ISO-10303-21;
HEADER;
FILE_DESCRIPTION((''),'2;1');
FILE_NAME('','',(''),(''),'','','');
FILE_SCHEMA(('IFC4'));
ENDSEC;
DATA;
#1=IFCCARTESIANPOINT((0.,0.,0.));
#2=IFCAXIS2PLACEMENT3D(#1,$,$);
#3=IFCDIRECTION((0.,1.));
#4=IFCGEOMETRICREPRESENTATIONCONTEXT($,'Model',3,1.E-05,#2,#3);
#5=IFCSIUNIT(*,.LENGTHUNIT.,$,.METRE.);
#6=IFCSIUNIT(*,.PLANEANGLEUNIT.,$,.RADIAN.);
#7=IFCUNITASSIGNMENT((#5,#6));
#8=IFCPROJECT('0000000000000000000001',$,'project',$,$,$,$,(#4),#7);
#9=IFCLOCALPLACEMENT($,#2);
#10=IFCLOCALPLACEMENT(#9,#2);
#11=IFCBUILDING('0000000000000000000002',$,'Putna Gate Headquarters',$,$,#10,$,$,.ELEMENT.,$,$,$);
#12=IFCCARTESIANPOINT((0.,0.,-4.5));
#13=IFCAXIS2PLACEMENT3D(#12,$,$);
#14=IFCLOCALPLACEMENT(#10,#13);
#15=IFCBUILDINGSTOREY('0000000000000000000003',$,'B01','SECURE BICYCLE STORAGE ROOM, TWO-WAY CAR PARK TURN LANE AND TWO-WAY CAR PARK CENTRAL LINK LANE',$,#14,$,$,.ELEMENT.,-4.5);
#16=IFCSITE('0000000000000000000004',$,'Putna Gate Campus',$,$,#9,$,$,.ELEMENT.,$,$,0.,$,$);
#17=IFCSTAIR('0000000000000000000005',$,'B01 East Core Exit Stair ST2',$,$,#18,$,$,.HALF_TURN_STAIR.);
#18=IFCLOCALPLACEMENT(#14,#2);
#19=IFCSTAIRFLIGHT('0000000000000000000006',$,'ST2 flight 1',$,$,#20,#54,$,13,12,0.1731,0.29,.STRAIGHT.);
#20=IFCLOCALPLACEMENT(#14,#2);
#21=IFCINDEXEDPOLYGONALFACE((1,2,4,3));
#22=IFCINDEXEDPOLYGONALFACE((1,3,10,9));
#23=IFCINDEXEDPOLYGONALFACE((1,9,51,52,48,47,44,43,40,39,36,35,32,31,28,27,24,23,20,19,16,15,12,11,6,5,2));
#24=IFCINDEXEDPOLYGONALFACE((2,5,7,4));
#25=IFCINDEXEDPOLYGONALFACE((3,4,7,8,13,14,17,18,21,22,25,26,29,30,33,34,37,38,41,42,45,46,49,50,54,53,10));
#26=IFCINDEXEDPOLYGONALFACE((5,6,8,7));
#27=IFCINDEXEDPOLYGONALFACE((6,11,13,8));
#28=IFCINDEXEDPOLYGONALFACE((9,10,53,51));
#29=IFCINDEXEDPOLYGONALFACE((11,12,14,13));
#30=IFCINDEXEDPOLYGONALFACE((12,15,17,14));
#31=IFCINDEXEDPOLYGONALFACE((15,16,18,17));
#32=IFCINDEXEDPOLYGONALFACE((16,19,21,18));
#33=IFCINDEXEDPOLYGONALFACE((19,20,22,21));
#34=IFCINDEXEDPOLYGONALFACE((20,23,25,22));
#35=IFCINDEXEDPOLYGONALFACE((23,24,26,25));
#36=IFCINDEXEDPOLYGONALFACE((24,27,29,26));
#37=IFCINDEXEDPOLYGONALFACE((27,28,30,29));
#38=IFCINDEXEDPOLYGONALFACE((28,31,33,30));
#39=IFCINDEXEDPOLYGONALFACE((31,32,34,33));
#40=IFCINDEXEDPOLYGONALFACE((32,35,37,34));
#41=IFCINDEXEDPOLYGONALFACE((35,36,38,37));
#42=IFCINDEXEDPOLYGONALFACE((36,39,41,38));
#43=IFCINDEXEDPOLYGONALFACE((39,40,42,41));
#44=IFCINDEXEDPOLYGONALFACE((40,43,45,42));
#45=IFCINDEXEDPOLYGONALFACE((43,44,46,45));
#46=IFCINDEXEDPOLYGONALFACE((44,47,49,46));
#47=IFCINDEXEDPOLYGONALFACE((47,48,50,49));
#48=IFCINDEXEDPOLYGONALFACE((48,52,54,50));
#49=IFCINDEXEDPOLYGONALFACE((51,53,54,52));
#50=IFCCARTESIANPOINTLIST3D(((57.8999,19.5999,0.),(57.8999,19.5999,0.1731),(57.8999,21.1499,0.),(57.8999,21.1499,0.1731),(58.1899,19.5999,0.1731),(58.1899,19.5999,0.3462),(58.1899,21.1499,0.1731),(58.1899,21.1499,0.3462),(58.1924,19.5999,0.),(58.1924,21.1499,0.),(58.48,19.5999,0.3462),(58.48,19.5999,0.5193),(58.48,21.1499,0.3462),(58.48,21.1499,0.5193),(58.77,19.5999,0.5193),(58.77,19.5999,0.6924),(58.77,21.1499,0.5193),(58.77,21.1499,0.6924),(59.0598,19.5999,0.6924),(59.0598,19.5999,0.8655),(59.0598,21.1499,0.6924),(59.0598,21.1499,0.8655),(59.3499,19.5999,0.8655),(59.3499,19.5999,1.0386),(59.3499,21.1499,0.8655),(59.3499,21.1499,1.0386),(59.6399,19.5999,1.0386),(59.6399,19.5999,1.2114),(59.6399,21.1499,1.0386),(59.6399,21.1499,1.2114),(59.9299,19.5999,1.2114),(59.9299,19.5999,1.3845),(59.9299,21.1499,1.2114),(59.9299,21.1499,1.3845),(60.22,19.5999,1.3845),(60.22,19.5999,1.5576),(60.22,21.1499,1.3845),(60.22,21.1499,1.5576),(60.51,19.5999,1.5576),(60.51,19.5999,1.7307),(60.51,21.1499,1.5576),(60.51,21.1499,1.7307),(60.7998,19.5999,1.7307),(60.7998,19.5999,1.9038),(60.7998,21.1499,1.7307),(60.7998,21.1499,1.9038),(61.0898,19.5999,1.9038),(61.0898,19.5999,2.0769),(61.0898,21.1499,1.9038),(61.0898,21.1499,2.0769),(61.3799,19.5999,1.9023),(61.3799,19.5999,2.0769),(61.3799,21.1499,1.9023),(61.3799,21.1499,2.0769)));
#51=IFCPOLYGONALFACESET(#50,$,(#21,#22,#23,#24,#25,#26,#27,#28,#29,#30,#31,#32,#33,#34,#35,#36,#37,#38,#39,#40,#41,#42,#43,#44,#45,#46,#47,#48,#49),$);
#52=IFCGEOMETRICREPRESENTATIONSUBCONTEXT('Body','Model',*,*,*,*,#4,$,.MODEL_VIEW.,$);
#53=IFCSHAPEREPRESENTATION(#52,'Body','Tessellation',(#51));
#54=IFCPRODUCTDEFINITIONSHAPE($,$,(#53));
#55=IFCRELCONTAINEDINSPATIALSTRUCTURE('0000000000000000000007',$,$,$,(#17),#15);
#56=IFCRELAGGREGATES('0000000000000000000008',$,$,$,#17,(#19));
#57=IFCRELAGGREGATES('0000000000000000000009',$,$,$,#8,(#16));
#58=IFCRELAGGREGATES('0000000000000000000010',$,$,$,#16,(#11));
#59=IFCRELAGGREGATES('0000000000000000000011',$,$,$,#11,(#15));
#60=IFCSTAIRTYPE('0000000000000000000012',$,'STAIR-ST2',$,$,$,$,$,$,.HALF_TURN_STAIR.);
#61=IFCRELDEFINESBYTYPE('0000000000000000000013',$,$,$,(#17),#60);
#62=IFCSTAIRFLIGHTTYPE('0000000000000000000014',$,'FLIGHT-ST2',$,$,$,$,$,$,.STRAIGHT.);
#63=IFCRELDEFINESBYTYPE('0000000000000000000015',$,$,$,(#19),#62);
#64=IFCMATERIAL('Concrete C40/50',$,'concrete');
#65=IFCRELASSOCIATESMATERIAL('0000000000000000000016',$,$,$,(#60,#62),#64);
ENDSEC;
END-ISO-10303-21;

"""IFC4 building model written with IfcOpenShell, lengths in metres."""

from ifc_helpers import new_model, si_unit, direction, frame, origin, place, context, subcontext, project, spatial, polyline, outline, extrude, material, type_object, element, aggregate, save


model = new_model("IFC4")

# Units and contexts
model_context = context("Model", 3, precision=1e-05, world=origin(), true_north=direction((0.0, 1.0)))
body_context = subcontext(model_context, "Body", "Model", "MODEL_VIEW")
ifc_project = project(units=[si_unit("LENGTHUNIT", "METRE"), si_unit("PLANEANGLEUNIT", "RADIAN")], contexts=[model_context])

# Site, building, storey
site_placement = place(None, origin())
site = spatial("IfcSite", under=ifc_project, at=site_placement, Name="Putna Gate Campus", CompositionType="ELEMENT", RefElevation=0.0)
building_placement = place(site_placement, origin())
building = spatial("IfcBuilding", under=site, at=building_placement, Name="Putna Gate Headquarters", CompositionType="ELEMENT")
storey_placement = place(building_placement, frame((0.0, 0.0, -4.5)))
storey = spatial("IfcBuildingStorey", under=building, at=storey_placement, Name="B01", Description="SECURE BICYCLE STORAGE ROOM, TWO-WAY CAR PARK TURN LANE AND TWO-WAY CAR PARK CENTRAL LINK LANE", CompositionType="ELEMENT", Elevation=-4.5)

# Shared definitions
ifc_material_1 = material(Name="Concrete C40/50", Category="concrete")

# Stair, stair flight
stair_type = type_object("IfcStairType", Name="STAIR-ST2", PredefinedType="HALF_TURN_STAIR", material=ifc_material_1)
stair_placement = place(storey_placement, origin())
stair = element("IfcStair", 1, at=stair_placement, inside=storey, type_object=stair_type, Name="B01 East Core Exit Stair ST2", PredefinedType="HALF_TURN_STAIR")
stair_flight_type = type_object("IfcStairFlightType", Name="FLIGHT-ST2", PredefinedType="STRAIGHT", material=ifc_material_1)
stair_flight_placement = place(storey_placement, frame((57.8999, 20.375, 0.0), z_axis=(0.0, 0.0, 1.0), x_axis=(1.0, 0.0, 0.0)))
stair_flight = element("IfcStairFlight", 2, at=stair_flight_placement, type_object=stair_flight_type, Name="ST2 flight 1", NumberOfRisers=13, NumberOfTreads=12, PredefinedType="STRAIGHT", RiserHeight=0.1731, TreadLength=0.29, context=body_context, shape_type="SweptSolid", body=[
    extrude(outline(polyline([(0.0, 0.0), (0.0, 0.1731), (0.29, 0.1731), (0.29, 0.3462), (0.5801, 0.3462), (0.5801, 0.5193), (0.8701, 0.5193), (0.8701, 0.6924), (1.1599, 0.6924), (1.1599, 0.8655), (1.45, 0.8655), (1.45, 1.0386), (1.74, 1.0386), (1.74, 1.2114), (2.03, 1.2114), (2.03, 1.3845), (2.3201, 1.3845), (2.3201, 1.5576), (2.6101, 1.5576), (2.6101, 1.7307), (2.8999, 1.7307), (2.8999, 1.9038), (3.1899, 1.9038), (3.1899, 2.0769), (3.48, 2.0769), (3.48, 2.25), (3.48, 1.9023), (0.2925, 0.0), (0.0, 0.0)])), frame((0.0, 0.7749, 0.0), z_axis=(0.0, -1.0, 0.0), x_axis=(1.0, 0.0, 0.0)), (0.0, 0.0, 1.0), 1.55),
])
aggregate(stair, [stair_flight])

save(model, "model.ifc")
